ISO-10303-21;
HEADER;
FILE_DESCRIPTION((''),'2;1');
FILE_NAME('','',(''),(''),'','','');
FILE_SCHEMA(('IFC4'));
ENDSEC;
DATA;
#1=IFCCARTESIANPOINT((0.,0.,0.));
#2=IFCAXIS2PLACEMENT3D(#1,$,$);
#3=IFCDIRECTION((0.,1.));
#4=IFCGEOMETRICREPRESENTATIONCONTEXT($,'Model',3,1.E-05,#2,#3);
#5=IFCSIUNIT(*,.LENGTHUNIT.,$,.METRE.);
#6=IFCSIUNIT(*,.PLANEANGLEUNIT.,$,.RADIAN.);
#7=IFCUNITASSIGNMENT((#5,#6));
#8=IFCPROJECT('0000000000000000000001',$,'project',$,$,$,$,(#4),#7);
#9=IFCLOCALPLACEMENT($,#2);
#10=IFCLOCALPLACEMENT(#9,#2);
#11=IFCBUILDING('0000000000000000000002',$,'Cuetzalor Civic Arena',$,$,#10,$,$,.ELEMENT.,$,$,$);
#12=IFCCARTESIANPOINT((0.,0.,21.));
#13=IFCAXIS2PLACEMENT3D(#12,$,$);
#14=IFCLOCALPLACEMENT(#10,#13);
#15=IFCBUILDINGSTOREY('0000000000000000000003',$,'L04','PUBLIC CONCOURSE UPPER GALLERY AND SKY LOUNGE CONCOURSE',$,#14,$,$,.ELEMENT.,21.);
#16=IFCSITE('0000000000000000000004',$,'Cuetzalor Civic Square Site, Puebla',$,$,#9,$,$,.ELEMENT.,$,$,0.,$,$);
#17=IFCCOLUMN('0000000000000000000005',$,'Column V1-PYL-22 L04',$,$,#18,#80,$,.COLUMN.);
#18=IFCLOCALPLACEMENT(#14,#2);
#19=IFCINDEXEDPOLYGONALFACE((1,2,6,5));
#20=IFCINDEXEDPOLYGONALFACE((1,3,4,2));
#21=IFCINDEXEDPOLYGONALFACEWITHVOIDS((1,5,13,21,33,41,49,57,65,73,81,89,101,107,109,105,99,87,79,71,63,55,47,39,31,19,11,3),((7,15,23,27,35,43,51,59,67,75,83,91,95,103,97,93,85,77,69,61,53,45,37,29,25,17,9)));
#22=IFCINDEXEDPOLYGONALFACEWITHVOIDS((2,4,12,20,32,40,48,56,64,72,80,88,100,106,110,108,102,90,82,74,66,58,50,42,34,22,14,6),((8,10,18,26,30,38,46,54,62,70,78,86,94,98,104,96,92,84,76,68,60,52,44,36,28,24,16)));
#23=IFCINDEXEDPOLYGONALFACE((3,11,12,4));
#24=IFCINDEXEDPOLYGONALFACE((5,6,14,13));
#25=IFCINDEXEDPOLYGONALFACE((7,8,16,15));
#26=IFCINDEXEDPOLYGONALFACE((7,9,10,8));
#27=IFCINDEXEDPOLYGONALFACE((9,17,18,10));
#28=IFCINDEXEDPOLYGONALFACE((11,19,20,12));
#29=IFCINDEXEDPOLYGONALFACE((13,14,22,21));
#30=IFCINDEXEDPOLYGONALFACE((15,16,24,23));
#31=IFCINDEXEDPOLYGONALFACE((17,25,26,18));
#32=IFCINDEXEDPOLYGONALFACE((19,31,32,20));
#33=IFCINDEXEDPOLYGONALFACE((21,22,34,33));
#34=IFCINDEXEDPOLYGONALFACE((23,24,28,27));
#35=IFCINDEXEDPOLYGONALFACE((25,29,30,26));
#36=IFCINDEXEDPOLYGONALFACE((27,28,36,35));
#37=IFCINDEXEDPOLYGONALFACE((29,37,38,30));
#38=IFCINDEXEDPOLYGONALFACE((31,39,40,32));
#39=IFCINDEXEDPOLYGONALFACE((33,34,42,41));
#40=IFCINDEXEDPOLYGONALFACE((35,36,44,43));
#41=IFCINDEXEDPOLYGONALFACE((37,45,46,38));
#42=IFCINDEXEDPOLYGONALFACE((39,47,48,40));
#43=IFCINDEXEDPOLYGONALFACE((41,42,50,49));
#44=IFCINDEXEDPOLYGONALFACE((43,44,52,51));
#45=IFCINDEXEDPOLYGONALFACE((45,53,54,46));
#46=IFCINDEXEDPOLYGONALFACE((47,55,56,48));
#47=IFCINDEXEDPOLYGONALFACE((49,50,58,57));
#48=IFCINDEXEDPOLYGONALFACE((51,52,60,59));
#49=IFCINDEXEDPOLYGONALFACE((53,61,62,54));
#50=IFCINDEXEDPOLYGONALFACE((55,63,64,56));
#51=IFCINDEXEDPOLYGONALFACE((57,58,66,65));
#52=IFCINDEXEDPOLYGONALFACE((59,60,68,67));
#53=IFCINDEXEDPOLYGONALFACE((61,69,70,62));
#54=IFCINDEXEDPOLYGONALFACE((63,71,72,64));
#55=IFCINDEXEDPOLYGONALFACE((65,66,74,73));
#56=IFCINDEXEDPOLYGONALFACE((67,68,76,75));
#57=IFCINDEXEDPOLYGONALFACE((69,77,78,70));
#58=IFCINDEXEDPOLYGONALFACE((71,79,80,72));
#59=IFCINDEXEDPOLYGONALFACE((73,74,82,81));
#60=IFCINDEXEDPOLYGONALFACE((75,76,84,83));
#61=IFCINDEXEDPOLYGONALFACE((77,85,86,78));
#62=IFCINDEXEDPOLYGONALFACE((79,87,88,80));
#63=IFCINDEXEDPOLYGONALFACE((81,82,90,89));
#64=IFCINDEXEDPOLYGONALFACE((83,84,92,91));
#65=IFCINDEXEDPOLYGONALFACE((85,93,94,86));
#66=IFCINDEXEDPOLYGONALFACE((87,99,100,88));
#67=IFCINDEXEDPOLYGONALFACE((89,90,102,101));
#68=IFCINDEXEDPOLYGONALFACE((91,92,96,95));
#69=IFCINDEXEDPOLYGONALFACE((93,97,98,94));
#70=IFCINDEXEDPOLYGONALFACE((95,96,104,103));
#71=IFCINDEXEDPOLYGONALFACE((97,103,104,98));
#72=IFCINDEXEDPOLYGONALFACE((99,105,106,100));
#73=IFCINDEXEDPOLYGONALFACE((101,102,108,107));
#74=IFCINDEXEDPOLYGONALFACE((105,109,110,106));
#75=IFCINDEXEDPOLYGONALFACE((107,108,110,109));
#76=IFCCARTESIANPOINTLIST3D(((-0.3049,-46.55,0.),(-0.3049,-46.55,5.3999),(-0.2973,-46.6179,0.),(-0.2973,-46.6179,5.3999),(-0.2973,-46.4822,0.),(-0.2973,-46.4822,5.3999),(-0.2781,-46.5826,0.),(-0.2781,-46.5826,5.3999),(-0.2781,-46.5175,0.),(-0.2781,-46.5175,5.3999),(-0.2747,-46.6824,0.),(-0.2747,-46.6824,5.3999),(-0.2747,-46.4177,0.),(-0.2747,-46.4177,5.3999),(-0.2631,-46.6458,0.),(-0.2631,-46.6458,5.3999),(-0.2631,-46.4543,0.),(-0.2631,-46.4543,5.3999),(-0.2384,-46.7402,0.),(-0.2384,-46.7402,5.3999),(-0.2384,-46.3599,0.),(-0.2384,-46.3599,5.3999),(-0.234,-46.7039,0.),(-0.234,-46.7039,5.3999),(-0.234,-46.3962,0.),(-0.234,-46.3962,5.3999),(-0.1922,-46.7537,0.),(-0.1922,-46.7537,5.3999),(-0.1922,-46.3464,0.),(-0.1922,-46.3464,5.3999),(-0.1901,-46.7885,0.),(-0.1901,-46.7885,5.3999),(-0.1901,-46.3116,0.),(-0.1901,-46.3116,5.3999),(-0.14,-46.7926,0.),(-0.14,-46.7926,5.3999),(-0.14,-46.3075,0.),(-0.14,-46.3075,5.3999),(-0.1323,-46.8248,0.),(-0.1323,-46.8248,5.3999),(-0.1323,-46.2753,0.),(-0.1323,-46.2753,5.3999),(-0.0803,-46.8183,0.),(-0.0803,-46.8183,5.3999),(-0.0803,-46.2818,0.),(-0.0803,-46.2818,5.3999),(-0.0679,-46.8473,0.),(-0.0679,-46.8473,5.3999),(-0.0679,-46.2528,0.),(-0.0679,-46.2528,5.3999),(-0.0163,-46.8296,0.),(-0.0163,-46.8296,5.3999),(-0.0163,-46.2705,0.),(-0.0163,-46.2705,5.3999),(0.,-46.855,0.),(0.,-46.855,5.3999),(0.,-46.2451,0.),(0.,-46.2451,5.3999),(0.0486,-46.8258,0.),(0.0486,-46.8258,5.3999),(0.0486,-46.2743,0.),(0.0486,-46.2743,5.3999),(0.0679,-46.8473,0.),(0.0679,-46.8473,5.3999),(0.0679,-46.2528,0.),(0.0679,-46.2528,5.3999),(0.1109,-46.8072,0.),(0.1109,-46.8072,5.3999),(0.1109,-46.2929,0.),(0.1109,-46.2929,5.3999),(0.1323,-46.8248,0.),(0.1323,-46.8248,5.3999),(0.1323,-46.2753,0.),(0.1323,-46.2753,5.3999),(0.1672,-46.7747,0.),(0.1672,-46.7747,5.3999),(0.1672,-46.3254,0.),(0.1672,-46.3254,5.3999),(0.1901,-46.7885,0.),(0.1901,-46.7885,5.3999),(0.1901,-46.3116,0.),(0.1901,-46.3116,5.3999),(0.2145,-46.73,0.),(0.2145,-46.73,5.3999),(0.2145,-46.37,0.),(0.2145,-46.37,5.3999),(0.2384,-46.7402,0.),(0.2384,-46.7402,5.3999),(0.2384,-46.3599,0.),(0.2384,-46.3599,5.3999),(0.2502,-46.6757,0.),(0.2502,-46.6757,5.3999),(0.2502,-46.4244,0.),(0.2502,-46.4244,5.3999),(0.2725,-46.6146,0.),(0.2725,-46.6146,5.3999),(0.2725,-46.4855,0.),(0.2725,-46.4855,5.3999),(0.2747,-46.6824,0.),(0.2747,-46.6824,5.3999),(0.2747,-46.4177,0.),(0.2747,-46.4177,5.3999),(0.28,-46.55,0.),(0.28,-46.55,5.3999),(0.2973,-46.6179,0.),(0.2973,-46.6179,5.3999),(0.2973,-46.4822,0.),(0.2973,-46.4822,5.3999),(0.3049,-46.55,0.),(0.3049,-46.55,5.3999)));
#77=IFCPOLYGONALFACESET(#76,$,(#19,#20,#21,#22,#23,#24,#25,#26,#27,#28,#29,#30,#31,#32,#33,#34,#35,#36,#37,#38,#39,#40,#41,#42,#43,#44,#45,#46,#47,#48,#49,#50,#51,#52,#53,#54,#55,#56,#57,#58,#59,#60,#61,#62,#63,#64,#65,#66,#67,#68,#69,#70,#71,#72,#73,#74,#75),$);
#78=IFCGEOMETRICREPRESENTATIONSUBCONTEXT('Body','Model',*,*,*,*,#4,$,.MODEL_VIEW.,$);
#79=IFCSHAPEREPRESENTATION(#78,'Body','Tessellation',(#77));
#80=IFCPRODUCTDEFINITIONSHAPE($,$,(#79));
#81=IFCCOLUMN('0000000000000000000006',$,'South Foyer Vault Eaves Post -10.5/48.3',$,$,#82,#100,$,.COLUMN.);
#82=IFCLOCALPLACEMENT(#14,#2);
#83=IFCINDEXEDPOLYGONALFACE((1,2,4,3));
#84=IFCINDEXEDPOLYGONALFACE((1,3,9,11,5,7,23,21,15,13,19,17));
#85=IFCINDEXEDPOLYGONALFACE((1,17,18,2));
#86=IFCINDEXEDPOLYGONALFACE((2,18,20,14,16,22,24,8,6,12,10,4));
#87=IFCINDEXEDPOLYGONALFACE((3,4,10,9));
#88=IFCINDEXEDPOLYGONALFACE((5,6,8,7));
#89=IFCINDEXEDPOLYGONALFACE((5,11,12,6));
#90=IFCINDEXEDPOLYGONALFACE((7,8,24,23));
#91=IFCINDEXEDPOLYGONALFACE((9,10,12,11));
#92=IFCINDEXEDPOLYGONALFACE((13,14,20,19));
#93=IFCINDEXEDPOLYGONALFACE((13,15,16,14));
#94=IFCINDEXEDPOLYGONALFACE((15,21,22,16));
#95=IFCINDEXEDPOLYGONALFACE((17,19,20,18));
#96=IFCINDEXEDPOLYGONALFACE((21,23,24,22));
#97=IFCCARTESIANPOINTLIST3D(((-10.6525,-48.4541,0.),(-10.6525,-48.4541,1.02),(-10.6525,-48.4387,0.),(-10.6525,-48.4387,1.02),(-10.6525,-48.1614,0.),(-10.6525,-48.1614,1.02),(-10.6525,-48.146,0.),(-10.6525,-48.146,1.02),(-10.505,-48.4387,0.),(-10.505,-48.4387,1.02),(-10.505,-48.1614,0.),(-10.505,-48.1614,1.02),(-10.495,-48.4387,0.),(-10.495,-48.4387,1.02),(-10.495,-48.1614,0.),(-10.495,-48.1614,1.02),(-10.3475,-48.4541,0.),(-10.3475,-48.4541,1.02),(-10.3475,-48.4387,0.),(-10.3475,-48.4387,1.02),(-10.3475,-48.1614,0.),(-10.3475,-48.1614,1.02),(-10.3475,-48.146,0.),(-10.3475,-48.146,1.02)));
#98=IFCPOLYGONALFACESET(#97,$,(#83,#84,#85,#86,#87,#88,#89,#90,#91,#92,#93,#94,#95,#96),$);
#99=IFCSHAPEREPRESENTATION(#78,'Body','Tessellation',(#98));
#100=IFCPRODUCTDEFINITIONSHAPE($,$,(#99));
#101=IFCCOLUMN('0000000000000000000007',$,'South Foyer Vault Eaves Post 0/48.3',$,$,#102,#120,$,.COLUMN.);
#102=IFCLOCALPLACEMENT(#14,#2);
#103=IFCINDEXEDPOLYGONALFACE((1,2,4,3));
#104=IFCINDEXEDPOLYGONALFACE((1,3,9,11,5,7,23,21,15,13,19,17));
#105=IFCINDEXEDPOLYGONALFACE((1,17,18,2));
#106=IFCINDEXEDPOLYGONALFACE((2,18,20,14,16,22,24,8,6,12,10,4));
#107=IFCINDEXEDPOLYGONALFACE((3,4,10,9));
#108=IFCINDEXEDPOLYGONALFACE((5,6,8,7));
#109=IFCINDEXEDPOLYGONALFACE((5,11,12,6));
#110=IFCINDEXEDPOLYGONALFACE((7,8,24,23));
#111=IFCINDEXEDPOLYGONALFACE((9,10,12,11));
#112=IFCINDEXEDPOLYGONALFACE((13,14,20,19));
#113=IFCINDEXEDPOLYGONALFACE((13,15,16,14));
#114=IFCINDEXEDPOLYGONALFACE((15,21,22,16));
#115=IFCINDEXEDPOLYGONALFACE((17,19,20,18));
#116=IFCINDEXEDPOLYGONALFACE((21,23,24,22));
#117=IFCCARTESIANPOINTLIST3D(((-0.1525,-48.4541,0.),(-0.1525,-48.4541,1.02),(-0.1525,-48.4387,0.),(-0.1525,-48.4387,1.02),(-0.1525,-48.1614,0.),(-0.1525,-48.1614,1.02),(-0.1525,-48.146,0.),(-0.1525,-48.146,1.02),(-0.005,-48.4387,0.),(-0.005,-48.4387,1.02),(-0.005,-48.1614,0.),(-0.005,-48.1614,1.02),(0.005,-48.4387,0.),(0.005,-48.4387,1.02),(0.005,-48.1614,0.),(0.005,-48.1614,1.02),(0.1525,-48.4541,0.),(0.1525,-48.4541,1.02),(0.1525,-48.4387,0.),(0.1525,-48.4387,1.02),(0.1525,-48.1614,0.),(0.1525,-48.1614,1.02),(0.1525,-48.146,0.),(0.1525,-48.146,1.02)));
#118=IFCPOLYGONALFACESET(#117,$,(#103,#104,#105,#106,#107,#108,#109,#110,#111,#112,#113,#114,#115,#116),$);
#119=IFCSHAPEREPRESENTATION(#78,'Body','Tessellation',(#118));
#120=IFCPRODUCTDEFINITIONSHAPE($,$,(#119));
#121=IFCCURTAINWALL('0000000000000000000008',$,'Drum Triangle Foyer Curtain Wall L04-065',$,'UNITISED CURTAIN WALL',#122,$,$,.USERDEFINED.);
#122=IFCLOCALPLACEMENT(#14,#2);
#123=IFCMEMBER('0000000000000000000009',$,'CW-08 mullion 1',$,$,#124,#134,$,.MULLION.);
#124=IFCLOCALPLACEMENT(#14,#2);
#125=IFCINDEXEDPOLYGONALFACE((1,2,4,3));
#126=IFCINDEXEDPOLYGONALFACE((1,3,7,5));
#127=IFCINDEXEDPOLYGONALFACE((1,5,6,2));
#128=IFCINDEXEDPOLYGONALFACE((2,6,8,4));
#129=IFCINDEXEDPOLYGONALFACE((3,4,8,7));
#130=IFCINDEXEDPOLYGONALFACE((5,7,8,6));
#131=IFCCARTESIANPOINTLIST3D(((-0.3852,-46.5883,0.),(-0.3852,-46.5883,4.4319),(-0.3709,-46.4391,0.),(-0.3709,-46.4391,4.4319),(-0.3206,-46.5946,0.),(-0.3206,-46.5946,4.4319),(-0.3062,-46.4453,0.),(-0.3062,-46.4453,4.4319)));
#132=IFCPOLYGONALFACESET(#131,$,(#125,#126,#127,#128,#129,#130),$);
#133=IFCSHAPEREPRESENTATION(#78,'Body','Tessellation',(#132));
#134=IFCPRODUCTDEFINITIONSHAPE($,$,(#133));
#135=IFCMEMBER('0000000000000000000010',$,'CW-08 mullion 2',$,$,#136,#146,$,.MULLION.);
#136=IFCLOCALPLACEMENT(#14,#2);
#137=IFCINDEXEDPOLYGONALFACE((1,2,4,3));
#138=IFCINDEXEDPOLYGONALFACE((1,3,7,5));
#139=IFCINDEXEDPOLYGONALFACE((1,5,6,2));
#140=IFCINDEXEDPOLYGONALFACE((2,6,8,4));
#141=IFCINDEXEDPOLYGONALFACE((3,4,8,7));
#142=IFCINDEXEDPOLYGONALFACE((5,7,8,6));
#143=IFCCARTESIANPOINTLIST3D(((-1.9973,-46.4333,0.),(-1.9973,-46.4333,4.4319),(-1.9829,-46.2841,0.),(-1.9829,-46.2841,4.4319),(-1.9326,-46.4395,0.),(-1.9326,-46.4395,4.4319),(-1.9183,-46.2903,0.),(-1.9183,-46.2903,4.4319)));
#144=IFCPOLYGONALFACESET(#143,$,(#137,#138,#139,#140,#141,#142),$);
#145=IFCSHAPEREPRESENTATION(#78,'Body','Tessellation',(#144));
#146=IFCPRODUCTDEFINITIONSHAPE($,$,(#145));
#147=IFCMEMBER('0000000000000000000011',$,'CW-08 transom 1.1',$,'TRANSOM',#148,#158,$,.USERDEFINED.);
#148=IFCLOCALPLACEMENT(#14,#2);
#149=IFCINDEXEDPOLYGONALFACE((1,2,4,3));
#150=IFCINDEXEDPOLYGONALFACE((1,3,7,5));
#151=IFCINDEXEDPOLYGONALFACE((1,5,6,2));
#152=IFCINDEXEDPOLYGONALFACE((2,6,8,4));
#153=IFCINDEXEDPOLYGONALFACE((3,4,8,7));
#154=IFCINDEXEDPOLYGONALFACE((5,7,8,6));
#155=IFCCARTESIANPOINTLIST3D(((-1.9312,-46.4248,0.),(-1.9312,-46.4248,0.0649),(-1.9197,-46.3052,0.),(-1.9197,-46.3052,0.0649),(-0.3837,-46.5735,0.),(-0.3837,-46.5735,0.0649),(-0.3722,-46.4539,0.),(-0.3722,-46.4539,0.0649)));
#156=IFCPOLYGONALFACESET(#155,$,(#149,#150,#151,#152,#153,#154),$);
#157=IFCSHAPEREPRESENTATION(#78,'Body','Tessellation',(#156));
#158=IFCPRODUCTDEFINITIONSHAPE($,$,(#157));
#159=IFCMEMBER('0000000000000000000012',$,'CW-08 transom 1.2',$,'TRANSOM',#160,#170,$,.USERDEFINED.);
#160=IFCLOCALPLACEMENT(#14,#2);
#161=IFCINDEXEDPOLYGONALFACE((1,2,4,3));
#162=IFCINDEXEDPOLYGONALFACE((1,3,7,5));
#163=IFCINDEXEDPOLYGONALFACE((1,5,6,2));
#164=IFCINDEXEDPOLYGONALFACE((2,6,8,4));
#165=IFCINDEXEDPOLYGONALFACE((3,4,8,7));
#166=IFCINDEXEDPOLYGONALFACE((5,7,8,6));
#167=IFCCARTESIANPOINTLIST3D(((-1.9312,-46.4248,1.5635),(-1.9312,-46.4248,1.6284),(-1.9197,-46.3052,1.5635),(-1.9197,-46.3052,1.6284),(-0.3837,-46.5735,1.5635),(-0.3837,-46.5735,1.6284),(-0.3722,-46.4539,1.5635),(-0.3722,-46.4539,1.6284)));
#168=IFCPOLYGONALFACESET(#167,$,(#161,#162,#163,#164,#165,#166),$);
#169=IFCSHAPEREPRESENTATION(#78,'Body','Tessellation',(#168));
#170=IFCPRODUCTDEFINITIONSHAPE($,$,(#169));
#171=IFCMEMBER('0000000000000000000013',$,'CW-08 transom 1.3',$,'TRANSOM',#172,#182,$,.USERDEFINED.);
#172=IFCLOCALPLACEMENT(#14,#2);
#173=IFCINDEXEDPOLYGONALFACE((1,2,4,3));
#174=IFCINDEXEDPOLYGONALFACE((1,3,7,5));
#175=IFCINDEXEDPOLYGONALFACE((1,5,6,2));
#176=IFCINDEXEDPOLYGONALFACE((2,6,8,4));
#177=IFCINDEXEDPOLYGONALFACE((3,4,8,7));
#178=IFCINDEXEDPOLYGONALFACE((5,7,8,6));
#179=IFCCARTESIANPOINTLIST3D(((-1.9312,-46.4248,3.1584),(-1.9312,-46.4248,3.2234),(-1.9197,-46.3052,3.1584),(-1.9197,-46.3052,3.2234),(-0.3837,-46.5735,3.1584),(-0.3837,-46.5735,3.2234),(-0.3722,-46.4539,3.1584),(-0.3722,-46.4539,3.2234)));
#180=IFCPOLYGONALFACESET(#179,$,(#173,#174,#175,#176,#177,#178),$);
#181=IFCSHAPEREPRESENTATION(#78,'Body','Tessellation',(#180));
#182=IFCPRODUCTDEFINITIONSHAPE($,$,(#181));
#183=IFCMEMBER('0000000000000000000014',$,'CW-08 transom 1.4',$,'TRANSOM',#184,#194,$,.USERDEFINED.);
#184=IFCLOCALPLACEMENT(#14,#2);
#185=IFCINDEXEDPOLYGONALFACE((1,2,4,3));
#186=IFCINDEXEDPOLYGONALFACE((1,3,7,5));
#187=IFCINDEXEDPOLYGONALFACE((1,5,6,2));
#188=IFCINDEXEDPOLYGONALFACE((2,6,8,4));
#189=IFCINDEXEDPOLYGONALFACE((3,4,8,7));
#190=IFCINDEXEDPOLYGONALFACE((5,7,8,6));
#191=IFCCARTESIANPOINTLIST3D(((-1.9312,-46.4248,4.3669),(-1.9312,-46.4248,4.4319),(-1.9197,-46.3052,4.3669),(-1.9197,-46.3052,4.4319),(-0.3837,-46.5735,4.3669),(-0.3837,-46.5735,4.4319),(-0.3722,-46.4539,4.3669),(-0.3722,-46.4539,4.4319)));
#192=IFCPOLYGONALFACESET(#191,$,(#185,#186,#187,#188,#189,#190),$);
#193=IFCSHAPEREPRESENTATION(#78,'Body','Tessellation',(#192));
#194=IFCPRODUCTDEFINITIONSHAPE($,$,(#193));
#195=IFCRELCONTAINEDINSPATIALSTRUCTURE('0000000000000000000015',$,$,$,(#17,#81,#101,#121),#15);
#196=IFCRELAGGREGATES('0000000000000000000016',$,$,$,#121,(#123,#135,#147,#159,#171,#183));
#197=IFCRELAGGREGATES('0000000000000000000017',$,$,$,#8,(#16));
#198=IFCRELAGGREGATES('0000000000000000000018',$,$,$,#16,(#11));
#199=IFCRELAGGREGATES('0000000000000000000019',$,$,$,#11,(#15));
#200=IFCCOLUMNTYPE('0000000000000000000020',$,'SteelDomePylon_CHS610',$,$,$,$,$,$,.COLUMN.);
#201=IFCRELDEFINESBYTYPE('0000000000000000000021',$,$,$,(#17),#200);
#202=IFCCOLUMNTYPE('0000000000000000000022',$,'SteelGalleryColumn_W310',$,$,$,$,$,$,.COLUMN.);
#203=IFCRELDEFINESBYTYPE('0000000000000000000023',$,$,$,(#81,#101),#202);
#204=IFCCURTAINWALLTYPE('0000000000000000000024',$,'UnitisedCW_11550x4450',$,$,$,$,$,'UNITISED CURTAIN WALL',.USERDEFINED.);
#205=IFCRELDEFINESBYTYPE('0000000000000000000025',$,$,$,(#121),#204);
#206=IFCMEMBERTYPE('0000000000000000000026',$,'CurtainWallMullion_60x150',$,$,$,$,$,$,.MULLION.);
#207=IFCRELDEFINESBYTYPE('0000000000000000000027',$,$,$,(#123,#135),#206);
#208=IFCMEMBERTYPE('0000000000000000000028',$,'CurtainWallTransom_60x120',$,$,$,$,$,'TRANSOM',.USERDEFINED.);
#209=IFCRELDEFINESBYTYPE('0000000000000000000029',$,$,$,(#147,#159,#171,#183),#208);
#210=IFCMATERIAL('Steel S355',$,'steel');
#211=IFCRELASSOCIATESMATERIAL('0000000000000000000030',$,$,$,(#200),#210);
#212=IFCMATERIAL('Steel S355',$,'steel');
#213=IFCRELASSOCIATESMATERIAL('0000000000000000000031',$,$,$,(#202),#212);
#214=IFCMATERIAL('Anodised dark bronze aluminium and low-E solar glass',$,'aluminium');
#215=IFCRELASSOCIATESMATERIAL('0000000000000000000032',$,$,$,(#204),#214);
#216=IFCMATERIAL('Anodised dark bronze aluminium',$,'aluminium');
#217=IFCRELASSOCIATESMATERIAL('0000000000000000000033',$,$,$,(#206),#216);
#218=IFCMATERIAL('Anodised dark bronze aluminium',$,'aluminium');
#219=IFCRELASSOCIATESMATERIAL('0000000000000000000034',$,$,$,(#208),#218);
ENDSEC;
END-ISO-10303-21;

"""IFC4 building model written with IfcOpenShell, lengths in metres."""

from ifc_helpers import new_model, si_unit, direction, frame, origin, origin_2d, place, context, subcontext, project, spatial, rectangle, hollow_circle, i_section, extrude, material, material_profile, profile_set, type_object, element, aggregate, save


model = new_model("IFC4")

# Units and contexts
model_context = context("Model", 3, precision=1e-05, world=origin(), true_north=direction((0.0, 1.0)))
body_context = subcontext(model_context, "Body", "Model", "MODEL_VIEW")
ifc_project = project(units=[si_unit("LENGTHUNIT", "METRE"), si_unit("PLANEANGLEUNIT", "RADIAN")], contexts=[model_context])

# Site, building, storey
site_placement = place(None, origin())
site = spatial("IfcSite", under=ifc_project, at=site_placement, Name="Cuetzalor Civic Square Site, Puebla", CompositionType="ELEMENT", RefElevation=0.0)
building_placement = place(site_placement, origin())
building = spatial("IfcBuilding", under=site, at=building_placement, Name="Cuetzalor Civic Arena", CompositionType="ELEMENT")
storey_placement = place(building_placement, frame((0.0, 0.0, 21.0)))
storey = spatial("IfcBuildingStorey", under=building, at=storey_placement, Name="L04", Description="PUBLIC CONCOURSE UPPER GALLERY AND SKY LOUNGE CONCOURSE", CompositionType="ELEMENT", Elevation=21.0)

# Columns
ifc_material_1 = material(Name="Steel S355", Category="steel")
ifc_material_profile_1 = material_profile(ifc_material_1, hollow_circle(Radius=0.3049, WallThickness=0.0249, at=origin_2d()), Name="CHS 610x25")
ifc_profile_set_1 = profile_set([ifc_material_profile_1], Name="Steel S355")
column_type_1 = type_object("IfcColumnType", Name="SteelDomePylon_CHS610", PredefinedType="COLUMN", material=ifc_profile_set_1)
column_placement = place(storey_placement, frame((0.0, -46.55, 0.0), z_axis=(0.0, 0.0, 1.0), x_axis=(1.0, 0.0, 0.0)))
element("IfcColumn", 1, at=column_placement, inside=storey, type_object=column_type_1, Name="Column V1-PYL-22 L04", PredefinedType="COLUMN", context=body_context, shape_type="SweptSolid", body=[
    extrude(hollow_circle(Radius=0.3049, WallThickness=0.0249, at=origin_2d()), origin(), (0.0, 0.0, 1.0), 5.3999),
])
ifc_material_2 = material(Name="Steel S355", Category="steel")
ifc_material_profile_2 = material_profile(ifc_material_2, i_section(OverallWidth=0.3049, OverallDepth=0.3081, WebThickness=0.01, FlangeThickness=0.0154, at=origin_2d()), Name="W310x97")
ifc_profile_set_2 = profile_set([ifc_material_profile_2], Name="Steel S355")
column_type_2 = type_object("IfcColumnType", Name="SteelGalleryColumn_W310", PredefinedType="COLUMN", material=ifc_profile_set_2)
for number, where, z_axis, x_axis, name in (
    (2, (-10.5, -48.3, 0.0), (0.0, 0.0, 1.0), (1.0, 0.0, 0.0), "South Foyer Vault Eaves Post -10.5/48.3"),
    (3, (0.0, -48.3, 0.0), (0.0, 0.0, 1.0), (1.0, 0.0, 0.0), "South Foyer Vault Eaves Post 0/48.3"),
):
    element("IfcColumn", number, at=place(storey_placement, frame(where, z_axis=z_axis, x_axis=x_axis)), inside=storey, type_object=column_type_2, Name=name, PredefinedType="COLUMN", context=body_context, shape_type="SweptSolid", body=[
        extrude(i_section(OverallWidth=0.3049, OverallDepth=0.3081, WebThickness=0.01, FlangeThickness=0.0154, at=origin_2d()), origin(), (0.0, 0.0, 1.0), 1.02),
    ])

# Curtain wall, members
ifc_material_3 = material(Name="Anodised dark bronze aluminium and low-E solar glass", Category="aluminium")
curtain_wall_type = type_object("IfcCurtainWallType", Name="UnitisedCW_11550x4450", ElementType="UNITISED CURTAIN WALL", PredefinedType="USERDEFINED", material=ifc_material_3)
curtain_wall_placement = place(storey_placement, origin())
curtain_wall = element("IfcCurtainWall", 4, at=curtain_wall_placement, inside=storey, type_object=curtain_wall_type, Name="Drum Triangle Foyer Curtain Wall L04-065", ObjectType="UNITISED CURTAIN WALL", PredefinedType="USERDEFINED")
ifc_material_4 = material(Name="Anodised dark bronze aluminium", Category="aluminium")
ifc_material_profile_3 = material_profile(ifc_material_4, rectangle(XDim=0.0649, YDim=0.1499, at=origin_2d()), Name="ALU MULLION 65x150")
ifc_profile_set_3 = profile_set([ifc_material_profile_3], Name="Anodised dark bronze aluminium")
member_type_1 = type_object("IfcMemberType", Name="CurtainWallMullion_60x150", PredefinedType="MULLION", material=ifc_profile_set_3)
member_1_placement = place(storey_placement, frame((-0.3457, -46.5168, 0.0), z_axis=(0.0, 0.0, 1.0), x_axis=(-0.995409, 0.095711, 0.0)))
member_1 = element("IfcMember", 5, at=member_1_placement, type_object=member_type_1, Name="CW-08 mullion 1", PredefinedType="MULLION", context=body_context, shape_type="SweptSolid", body=[
    extrude(rectangle(XDim=0.0649, YDim=0.1499, at=origin_2d()), origin(), (0.0, 0.0, 1.0), 4.4319),
])
member_2_placement = place(storey_placement, frame((-1.9578, -46.3618, 0.0), z_axis=(0.0, 0.0, 1.0), x_axis=(-0.995409, 0.095711, 0.0)))
member_2 = element("IfcMember", 6, at=member_2_placement, type_object=member_type_1, Name="CW-08 mullion 2", PredefinedType="MULLION", context=body_context, shape_type="SweptSolid", body=[
    extrude(rectangle(XDim=0.0649, YDim=0.1499, at=origin_2d()), origin(), (0.0, 0.0, 1.0), 4.4319),
])
ifc_material_5 = material(Name="Anodised dark bronze aluminium", Category="aluminium")
ifc_material_profile_4 = material_profile(ifc_material_5, rectangle(XDim=0.1201, YDim=0.0649, at=origin_2d()), Name="ALU TRANSOM 65x120")
ifc_profile_set_4 = profile_set([ifc_material_profile_4], Name="Anodised dark bronze aluminium")
member_type_2 = type_object("IfcMemberType", Name="CurtainWallTransom_60x120", ElementType="TRANSOM", PredefinedType="USERDEFINED", material=ifc_profile_set_4)
member_3_placement = place(storey_placement, frame((-0.3779, -46.5137, 0.0325), z_axis=(-0.995417, 0.095632, 0.0), x_axis=(-0.095632, -0.995417, 0.0)))
member_3 = element("IfcMember", 7, at=member_3_placement, type_object=member_type_2, Name="CW-08 transom 1.1", ObjectType="TRANSOM", PredefinedType="USERDEFINED", context=body_context, shape_type="SweptSolid", body=[
    extrude(rectangle(XDim=0.1201, YDim=0.0649, at=origin_2d()), origin(), (0.0, 0.0, 1.0), 1.5547),
])
member_4_placement = place(storey_placement, frame((-0.3779, -46.5137, 1.5959), z_axis=(-0.995417, 0.095632, 0.0), x_axis=(-0.095632, -0.995417, 0.0)))
member_4 = element("IfcMember", 8, at=member_4_placement, type_object=member_type_2, Name="CW-08 transom 1.2", ObjectType="TRANSOM", PredefinedType="USERDEFINED", context=body_context, shape_type="SweptSolid", body=[
    extrude(rectangle(XDim=0.1201, YDim=0.0649, at=origin_2d()), origin(), (0.0, 0.0, 1.0), 1.5547),
])
member_5_placement = place(storey_placement, frame((-0.3779, -46.5137, 3.1909), z_axis=(-0.995417, 0.095632, 0.0), x_axis=(-0.095632, -0.995417, 0.0)))
member_5 = element("IfcMember", 9, at=member_5_placement, type_object=member_type_2, Name="CW-08 transom 1.3", ObjectType="TRANSOM", PredefinedType="USERDEFINED", context=body_context, shape_type="SweptSolid", body=[
    extrude(rectangle(XDim=0.1201, YDim=0.0649, at=origin_2d()), origin(), (0.0, 0.0, 1.0), 1.5547),
])
member_6_placement = place(storey_placement, frame((-0.3779, -46.5137, 4.3994), z_axis=(-0.995417, 0.095632, 0.0), x_axis=(-0.095632, -0.995417, 0.0)))
member_6 = element("IfcMember", 10, at=member_6_placement, type_object=member_type_2, Name="CW-08 transom 1.4", ObjectType="TRANSOM", PredefinedType="USERDEFINED", context=body_context, shape_type="SweptSolid", body=[
    extrude(rectangle(XDim=0.1201, YDim=0.0649, at=origin_2d()), origin(), (0.0, 0.0, 1.0), 1.5547),
])

aggregate(curtain_wall, [member_1, member_2, member_3, member_4, member_5, member_6])

save(model, "model.ifc")
